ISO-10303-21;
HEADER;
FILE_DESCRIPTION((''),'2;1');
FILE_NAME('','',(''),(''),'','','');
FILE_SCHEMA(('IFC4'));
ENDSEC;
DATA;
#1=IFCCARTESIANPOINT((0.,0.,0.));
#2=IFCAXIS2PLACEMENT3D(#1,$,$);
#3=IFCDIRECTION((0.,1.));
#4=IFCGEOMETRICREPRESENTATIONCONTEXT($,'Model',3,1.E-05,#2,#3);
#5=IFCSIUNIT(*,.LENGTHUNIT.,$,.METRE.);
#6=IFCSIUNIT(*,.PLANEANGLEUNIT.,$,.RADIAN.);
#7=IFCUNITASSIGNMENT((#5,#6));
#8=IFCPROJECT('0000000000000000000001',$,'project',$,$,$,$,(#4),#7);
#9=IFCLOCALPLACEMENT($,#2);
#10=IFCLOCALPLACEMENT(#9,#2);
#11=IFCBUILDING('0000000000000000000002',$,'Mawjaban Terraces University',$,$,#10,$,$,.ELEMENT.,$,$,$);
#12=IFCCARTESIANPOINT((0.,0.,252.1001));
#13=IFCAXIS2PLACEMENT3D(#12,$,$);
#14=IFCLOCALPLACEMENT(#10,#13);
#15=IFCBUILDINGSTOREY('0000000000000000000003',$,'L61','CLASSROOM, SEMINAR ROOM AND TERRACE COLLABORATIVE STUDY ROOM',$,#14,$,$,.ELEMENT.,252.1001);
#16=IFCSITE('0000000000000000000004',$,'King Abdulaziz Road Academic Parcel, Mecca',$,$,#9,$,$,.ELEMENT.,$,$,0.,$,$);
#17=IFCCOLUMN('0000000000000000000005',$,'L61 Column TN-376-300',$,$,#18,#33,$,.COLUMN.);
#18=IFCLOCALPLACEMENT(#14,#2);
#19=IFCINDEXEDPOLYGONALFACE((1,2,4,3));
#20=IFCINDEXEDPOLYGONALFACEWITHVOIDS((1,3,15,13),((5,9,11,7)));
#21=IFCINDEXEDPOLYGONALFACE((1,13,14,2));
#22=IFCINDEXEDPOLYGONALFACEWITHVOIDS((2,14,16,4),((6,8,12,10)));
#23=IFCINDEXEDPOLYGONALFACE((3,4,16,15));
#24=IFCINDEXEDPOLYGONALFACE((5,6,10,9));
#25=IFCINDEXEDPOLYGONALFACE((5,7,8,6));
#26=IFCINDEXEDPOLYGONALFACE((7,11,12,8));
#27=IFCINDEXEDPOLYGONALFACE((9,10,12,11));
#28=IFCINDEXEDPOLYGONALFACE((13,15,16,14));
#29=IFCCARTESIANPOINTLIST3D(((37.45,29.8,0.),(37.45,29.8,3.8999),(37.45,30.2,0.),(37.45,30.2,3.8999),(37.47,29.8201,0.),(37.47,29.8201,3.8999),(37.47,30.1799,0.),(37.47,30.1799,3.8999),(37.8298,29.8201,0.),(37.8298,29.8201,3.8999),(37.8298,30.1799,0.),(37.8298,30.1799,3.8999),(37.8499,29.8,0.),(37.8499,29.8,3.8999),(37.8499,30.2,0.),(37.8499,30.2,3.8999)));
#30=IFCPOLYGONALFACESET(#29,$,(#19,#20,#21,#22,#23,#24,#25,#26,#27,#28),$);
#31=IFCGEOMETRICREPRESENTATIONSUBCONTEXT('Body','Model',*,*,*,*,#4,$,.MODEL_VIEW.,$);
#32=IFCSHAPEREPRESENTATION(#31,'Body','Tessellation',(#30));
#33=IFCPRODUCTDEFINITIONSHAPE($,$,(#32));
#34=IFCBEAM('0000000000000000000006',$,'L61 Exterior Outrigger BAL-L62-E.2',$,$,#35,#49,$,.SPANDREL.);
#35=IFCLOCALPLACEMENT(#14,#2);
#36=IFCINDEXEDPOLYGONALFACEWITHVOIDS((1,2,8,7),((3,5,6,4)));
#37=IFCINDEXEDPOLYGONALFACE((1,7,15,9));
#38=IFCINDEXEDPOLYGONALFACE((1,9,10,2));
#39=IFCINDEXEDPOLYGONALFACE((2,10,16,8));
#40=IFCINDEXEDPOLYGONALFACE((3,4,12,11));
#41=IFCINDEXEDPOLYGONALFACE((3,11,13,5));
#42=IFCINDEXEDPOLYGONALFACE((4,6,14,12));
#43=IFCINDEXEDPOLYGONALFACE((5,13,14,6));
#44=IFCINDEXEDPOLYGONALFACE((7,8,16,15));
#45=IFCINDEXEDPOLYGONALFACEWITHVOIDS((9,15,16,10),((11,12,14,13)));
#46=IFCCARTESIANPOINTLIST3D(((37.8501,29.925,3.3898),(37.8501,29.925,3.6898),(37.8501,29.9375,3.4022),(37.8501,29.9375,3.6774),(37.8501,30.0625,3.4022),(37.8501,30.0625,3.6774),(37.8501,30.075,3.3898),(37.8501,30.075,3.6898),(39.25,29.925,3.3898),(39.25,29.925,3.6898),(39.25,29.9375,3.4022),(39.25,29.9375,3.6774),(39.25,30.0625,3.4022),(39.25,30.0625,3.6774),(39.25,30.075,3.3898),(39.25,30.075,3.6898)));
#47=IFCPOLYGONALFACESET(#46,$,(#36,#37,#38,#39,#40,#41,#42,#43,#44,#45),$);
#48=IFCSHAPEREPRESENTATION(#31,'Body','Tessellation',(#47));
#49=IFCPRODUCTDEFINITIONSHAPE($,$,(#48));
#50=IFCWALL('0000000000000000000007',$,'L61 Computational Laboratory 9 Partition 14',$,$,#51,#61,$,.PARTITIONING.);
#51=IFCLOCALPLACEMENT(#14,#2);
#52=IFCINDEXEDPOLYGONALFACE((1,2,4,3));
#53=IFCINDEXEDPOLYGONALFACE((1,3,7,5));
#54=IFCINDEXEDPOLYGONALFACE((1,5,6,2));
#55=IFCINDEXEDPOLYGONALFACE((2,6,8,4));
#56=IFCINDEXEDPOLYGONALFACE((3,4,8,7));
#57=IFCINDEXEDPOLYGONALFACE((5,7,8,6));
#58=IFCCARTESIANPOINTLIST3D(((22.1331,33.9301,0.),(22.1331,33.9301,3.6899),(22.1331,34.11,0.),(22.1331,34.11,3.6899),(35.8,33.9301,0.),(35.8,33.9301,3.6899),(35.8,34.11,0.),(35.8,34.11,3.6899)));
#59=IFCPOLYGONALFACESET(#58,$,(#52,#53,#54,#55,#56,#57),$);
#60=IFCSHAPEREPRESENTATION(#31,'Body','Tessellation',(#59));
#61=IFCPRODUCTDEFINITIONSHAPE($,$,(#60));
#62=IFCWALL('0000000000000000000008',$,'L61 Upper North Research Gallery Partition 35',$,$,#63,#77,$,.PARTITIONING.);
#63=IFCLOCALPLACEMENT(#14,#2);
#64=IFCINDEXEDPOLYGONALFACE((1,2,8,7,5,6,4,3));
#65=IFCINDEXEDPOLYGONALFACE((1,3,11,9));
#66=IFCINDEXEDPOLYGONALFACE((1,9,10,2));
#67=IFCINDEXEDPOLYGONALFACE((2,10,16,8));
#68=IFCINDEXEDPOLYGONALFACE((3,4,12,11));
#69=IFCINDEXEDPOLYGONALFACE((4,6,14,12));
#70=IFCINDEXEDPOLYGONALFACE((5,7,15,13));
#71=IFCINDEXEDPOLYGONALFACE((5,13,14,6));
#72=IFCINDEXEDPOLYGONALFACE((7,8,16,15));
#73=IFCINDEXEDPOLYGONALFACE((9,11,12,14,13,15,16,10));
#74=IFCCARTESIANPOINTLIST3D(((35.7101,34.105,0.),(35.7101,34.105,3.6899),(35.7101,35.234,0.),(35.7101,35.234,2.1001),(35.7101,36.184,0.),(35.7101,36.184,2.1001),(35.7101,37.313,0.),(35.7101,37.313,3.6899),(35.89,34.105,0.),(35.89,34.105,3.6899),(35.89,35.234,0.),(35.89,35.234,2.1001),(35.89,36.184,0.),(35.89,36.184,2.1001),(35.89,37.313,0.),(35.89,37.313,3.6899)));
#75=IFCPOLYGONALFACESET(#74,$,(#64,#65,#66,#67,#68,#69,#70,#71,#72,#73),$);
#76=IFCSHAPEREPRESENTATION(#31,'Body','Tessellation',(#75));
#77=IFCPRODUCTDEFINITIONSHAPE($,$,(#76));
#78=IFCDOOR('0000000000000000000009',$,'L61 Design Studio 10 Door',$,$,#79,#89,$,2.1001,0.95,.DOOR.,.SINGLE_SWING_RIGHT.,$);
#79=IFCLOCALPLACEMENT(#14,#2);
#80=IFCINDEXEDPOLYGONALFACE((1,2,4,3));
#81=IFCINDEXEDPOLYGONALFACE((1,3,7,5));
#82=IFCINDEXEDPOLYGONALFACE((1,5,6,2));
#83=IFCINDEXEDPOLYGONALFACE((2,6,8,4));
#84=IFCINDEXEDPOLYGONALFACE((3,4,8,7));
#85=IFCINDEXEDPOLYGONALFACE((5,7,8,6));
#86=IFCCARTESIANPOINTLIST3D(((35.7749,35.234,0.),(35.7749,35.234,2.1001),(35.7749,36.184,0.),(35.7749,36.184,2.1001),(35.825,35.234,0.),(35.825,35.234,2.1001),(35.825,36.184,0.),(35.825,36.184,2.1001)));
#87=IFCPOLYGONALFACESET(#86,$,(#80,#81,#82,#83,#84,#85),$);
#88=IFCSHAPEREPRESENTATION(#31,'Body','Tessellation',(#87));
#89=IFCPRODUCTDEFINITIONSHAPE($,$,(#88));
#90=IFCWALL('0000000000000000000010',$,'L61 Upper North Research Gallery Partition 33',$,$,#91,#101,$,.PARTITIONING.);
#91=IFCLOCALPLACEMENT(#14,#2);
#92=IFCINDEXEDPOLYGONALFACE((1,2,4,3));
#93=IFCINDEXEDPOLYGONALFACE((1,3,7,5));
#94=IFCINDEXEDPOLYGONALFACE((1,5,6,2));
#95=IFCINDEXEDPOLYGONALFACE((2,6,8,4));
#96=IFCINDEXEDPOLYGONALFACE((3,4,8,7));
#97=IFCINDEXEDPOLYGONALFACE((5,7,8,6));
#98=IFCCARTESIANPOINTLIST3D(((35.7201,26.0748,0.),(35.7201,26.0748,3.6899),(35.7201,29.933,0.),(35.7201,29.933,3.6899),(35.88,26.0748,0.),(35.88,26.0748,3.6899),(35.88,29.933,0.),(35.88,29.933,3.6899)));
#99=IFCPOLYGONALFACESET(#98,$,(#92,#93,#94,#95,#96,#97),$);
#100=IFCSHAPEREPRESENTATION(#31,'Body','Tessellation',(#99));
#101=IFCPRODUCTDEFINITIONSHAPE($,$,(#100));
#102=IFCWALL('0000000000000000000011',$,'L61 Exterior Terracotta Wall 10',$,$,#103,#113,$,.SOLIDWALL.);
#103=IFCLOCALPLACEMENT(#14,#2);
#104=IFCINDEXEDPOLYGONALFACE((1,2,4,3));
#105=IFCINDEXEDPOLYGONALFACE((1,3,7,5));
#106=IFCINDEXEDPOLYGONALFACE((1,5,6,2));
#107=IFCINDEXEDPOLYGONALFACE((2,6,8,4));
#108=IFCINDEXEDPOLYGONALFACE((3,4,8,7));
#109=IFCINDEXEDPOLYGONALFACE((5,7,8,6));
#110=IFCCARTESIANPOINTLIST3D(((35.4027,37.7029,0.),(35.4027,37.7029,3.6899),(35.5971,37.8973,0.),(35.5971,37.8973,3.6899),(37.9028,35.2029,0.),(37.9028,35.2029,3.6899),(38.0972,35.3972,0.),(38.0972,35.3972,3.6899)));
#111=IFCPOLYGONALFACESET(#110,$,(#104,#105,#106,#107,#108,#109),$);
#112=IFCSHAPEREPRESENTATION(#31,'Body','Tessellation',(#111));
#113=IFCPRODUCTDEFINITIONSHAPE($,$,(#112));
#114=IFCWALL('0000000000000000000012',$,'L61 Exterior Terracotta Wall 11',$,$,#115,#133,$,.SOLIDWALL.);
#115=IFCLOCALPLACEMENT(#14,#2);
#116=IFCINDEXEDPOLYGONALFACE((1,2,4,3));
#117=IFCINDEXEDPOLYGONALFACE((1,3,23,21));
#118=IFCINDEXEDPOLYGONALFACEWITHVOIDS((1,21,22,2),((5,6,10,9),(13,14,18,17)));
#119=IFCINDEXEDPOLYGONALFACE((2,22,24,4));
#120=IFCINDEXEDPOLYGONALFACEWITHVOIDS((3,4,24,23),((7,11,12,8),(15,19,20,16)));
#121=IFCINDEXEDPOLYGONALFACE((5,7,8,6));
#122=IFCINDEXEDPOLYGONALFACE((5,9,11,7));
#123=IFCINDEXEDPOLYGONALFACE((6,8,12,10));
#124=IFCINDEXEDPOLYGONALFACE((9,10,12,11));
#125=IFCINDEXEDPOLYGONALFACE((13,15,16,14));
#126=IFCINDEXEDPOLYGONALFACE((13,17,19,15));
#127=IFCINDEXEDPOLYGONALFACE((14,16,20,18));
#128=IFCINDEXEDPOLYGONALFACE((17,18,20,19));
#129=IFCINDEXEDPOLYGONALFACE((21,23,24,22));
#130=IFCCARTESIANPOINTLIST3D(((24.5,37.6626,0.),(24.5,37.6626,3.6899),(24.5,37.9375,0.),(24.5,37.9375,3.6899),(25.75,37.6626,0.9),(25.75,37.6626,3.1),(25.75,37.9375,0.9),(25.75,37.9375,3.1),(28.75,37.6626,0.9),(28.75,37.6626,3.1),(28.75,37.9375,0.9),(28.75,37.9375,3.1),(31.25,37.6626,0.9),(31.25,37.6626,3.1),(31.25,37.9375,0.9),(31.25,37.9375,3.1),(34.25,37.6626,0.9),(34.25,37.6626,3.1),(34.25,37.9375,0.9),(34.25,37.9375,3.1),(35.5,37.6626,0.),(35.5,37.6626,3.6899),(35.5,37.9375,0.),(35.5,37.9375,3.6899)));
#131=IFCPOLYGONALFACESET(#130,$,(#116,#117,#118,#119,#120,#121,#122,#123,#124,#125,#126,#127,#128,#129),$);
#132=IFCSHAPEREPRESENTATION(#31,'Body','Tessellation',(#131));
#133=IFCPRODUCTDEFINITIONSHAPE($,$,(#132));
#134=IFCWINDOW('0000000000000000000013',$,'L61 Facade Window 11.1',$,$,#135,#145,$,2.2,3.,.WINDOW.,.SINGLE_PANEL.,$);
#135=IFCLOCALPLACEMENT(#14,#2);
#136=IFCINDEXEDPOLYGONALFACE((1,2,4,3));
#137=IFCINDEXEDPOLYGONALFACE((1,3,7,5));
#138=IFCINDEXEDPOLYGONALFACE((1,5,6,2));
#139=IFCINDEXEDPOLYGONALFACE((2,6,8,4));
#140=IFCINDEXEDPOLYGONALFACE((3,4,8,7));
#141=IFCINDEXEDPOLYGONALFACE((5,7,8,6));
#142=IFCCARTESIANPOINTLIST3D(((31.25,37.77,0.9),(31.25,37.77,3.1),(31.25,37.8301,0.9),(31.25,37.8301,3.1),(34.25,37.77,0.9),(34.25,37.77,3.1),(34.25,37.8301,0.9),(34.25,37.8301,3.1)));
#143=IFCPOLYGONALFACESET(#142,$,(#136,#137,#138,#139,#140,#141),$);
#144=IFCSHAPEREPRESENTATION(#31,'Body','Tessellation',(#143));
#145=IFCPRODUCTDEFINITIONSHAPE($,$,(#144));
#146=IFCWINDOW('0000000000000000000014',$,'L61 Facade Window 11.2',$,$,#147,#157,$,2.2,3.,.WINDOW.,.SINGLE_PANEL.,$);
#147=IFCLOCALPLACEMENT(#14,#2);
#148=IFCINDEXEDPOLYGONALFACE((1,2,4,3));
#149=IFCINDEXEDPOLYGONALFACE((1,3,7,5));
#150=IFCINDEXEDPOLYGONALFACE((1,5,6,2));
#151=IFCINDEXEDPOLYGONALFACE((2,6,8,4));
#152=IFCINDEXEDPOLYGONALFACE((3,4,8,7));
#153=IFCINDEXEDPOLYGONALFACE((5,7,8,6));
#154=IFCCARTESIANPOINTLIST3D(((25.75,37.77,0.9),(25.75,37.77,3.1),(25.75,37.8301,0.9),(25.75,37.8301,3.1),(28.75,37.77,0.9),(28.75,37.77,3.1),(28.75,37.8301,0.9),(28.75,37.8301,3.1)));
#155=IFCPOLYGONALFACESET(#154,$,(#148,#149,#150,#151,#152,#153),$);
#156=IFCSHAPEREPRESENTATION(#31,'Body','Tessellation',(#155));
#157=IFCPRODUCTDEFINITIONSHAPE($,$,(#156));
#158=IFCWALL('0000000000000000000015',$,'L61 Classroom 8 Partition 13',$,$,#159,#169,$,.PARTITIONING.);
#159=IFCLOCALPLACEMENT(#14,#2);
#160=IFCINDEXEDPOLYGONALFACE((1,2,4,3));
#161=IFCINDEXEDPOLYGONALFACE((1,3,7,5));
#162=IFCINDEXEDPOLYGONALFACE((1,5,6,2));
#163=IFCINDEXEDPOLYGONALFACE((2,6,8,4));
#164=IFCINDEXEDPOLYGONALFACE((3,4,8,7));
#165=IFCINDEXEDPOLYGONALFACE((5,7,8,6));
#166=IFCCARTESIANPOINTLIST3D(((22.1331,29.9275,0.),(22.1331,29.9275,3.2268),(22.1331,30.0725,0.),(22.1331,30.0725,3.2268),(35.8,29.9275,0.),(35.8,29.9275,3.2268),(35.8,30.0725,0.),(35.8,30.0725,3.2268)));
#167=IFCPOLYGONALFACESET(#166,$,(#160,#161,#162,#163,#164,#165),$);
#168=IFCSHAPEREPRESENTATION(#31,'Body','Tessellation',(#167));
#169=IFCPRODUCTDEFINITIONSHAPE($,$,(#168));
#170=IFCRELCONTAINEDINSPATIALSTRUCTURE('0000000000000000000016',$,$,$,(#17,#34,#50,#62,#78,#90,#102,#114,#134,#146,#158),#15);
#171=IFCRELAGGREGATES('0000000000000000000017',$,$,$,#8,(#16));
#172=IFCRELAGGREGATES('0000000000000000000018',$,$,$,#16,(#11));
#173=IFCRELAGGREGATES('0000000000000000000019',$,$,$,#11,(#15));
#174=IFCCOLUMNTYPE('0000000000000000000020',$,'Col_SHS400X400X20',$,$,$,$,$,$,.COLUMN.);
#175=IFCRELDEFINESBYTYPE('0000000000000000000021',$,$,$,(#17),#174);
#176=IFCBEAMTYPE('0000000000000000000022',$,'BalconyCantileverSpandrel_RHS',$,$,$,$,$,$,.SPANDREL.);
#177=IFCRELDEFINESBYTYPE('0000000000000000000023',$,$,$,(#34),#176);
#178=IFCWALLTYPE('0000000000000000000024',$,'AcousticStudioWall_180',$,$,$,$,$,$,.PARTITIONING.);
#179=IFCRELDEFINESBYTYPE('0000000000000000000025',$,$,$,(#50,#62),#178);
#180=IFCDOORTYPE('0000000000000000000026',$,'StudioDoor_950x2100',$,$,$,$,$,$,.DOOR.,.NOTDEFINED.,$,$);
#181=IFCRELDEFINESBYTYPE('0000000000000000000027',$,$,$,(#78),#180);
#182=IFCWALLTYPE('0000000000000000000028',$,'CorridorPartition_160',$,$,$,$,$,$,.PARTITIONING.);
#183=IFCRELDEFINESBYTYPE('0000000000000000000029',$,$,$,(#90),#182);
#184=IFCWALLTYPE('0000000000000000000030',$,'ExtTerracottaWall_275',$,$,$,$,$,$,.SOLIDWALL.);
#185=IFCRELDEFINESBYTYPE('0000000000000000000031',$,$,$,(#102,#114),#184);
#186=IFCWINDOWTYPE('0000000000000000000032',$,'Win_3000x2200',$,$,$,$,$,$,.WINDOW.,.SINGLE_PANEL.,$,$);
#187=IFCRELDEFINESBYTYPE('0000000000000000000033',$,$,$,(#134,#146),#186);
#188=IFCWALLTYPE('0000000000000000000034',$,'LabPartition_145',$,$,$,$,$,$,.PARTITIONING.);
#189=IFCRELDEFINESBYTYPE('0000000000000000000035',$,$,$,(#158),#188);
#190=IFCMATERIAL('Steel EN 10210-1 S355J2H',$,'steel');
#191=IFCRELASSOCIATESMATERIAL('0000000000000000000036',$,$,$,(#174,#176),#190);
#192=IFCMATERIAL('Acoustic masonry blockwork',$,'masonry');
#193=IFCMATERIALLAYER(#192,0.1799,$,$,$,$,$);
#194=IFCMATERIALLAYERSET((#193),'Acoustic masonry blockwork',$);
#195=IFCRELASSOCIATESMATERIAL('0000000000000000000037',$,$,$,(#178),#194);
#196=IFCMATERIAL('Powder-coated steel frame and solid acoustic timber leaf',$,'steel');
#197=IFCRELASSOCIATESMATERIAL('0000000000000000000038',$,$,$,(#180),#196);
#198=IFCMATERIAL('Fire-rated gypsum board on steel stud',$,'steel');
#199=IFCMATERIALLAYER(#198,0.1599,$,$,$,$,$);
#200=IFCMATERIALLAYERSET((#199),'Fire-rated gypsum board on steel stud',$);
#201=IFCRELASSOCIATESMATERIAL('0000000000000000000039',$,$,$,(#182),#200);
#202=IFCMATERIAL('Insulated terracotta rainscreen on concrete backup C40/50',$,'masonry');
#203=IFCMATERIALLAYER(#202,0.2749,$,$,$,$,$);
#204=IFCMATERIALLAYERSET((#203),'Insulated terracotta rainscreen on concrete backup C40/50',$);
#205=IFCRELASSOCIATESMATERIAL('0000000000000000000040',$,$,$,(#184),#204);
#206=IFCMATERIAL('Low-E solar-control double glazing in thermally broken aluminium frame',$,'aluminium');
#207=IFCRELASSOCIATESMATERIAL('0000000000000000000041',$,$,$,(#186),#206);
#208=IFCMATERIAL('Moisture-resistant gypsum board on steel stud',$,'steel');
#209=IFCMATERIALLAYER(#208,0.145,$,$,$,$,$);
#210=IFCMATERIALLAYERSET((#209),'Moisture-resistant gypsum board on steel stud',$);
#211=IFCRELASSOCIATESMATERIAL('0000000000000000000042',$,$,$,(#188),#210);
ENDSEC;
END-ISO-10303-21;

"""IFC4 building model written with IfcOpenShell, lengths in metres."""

from ifc_helpers import new_model, si_unit, direction, frame, frame_2d, origin, origin_2d, place, context, subcontext, project, spatial, rectangle, hollow_rectangle, extrude, material, layer, layer_set, material_profile, profile_set, type_object, element, fill, save


model = new_model("IFC4")

# Units and contexts
model_context = context("Model", 3, precision=1e-05, world=origin(), true_north=direction((0.0, 1.0)))
body_context = subcontext(model_context, "Body", "Model", "MODEL_VIEW")
ifc_project = project(units=[si_unit("LENGTHUNIT", "METRE"), si_unit("PLANEANGLEUNIT", "RADIAN")], contexts=[model_context])

# Site, building, storey
site_placement = place(None, origin())
site = spatial("IfcSite", under=ifc_project, at=site_placement, Name="King Abdulaziz Road Academic Parcel, Mecca", CompositionType="ELEMENT", RefElevation=0.0)
building_placement = place(site_placement, origin())
building = spatial("IfcBuilding", under=site, at=building_placement, Name="Mawjaban Terraces University", CompositionType="ELEMENT")
storey_placement = place(building_placement, frame((0.0, 0.0, 252.1001)))
storey = spatial("IfcBuildingStorey", under=building, at=storey_placement, Name="L61", Description="CLASSROOM, SEMINAR ROOM AND TERRACE COLLABORATIVE STUDY ROOM", CompositionType="ELEMENT", Elevation=252.1001)

# Column
ifc_material_1 = material(Name="Steel EN 10210-1 S355J2H", Category="steel")
ifc_material_profile_1 = material_profile(ifc_material_1, hollow_rectangle(XDim=0.3999, YDim=0.3999, WallThickness=0.02, at=origin_2d()), Name="SHS400X400X20")
ifc_profile_set_1 = profile_set([ifc_material_profile_1], Name="Steel EN 10210-1 S355J2H")
column_type = type_object("IfcColumnType", Name="Col_SHS400X400X20", PredefinedType="COLUMN", material=ifc_profile_set_1)
column_placement = place(storey_placement, frame((37.6499, 30.0, 0.0), z_axis=(0.0, 0.0, 1.0), x_axis=(1.0, 0.0, 0.0)))
element("IfcColumn", 1, at=column_placement, inside=storey, type_object=column_type, Name="L61 Column TN-376-300", PredefinedType="COLUMN", context=body_context, shape_type="SweptSolid", body=[
    extrude(hollow_rectangle(XDim=0.3999, YDim=0.3999, WallThickness=0.02, at=origin_2d()), origin(), (0.0, 0.0, 1.0), 3.8999),
])

# Beam
ifc_material_profile_2 = material_profile(ifc_material_1, hollow_rectangle(XDim=0.1499, YDim=0.3, WallThickness=0.0125, at=origin_2d()), Name="RHS300X150X12.5")
ifc_profile_set_2 = profile_set([ifc_material_profile_2], Name="Steel EN 10210-1 S355J2H")
beam_type = type_object("IfcBeamType", Name="BalconyCantileverSpandrel_RHS", PredefinedType="SPANDREL", material=ifc_profile_set_2)
beam_placement = place(storey_placement, frame((37.8501, 30.0, 3.5398), z_axis=(1.0, 0.0, 0.0), x_axis=(0.0, 1.0, 0.0)))
element("IfcBeam", 2, at=beam_placement, inside=storey, type_object=beam_type, Name="L61 Exterior Outrigger BAL-L62-E.2", PredefinedType="SPANDREL", context=body_context, shape_type="SweptSolid", body=[
    extrude(hollow_rectangle(XDim=0.1499, YDim=0.3, WallThickness=0.0125, at=origin_2d()), origin(), (0.0, 0.0, 1.0), 1.3999),
])

# Wall
ifc_material_2 = material(Name="Acoustic masonry blockwork", Category="masonry")
ifc_layer_1 = layer(ifc_material_2, 0.1799)
ifc_layer_set_1 = layer_set([ifc_layer_1], Name="Acoustic masonry blockwork")
wall_type_1 = type_object("IfcWallType", Name="AcousticStudioWall_180", PredefinedType="PARTITIONING", material=ifc_layer_set_1)
wall_1_placement = place(storey_placement, frame((35.8, 34.02, 0.0), z_axis=(0.0, 0.0, 1.0), x_axis=(-1.0, 0.0, 0.0)))
element("IfcWall", 3, at=wall_1_placement, inside=storey, type_object=wall_type_1, Name="L61 Computational Laboratory 9 Partition 14", PredefinedType="PARTITIONING", context=body_context, shape_type="SweptSolid", body=[
    extrude(rectangle(XDim=13.667, YDim=0.1799, at=frame_2d((6.8335, 0.0))), origin(), (0.0, 0.0, 1.0), 3.6899),
])

# Wall, opening, door
wall_2_placement = place(storey_placement, frame((35.8, 37.313, 0.0), z_axis=(0.0, 0.0, 1.0), x_axis=(0.0, -1.0, 0.0)))
wall_2 = element("IfcWall", 4, at=wall_2_placement, inside=storey, type_object=wall_type_1, Name="L61 Upper North Research Gallery Partition 35", PredefinedType="PARTITIONING", context=body_context, shape_type="SweptSolid", body=[
    extrude(rectangle(XDim=3.208, YDim=0.1799, at=frame_2d((1.604, 0.0))), origin(), (0.0, 0.0, 1.0), 3.6899),
])
opening_1_placement = place(wall_2_placement, frame((1.1289, 0.0, 0.0)))
opening_1 = element("IfcOpeningElement", 5, at=opening_1_placement, cuts=wall_2, PredefinedType="OPENING", context=body_context, shape_type="SweptSolid", body=[
    extrude(rectangle(XDim=0.95, YDim=2.1001, at=frame_2d((0.4751, 1.05))), frame((0.0, 0.0999, 0.0), z_axis=(0.0, -1.0, 0.0), x_axis=(1.0, 0.0, 0.0)), (0.0, 0.0, 1.0), 0.2),
])
ifc_material_3 = material(Name="Powder-coated steel frame and solid acoustic timber leaf", Category="steel")
door_type_1 = type_object("IfcDoorType", Name="StudioDoor_950x2100", OperationType="NOTDEFINED", PredefinedType="DOOR", material=ifc_material_3)
door_1_placement = place(opening_1_placement, origin())
door_1 = element("IfcDoor", 6, at=door_1_placement, inside=storey, type_object=door_type_1, Name="L61 Design Studio 10 Door", OperationType="SINGLE_SWING_RIGHT", OverallHeight=2.1001, OverallWidth=0.95, PredefinedType="DOOR", context=body_context, shape_type="SweptSolid", body=[
    extrude(rectangle(XDim=0.95, YDim=2.1001, at=frame_2d((0.4751, 1.05))), frame((0.0, 0.0249, 0.0), z_axis=(0.0, -1.0, 0.0), x_axis=(1.0, 0.0, 0.0)), (0.0, 0.0, 1.0), 0.05),
])
fill(opening_1, door_1)

# Walls
ifc_material_4 = material(Name="Fire-rated gypsum board on steel stud", Category="steel")
ifc_layer_2 = layer(ifc_material_4, 0.1599)
ifc_layer_set_2 = layer_set([ifc_layer_2], Name="Fire-rated gypsum board on steel stud")
wall_type_2 = type_object("IfcWallType", Name="CorridorPartition_160", PredefinedType="PARTITIONING", material=ifc_layer_set_2)
wall_3_placement = place(storey_placement, frame((35.8, 29.9331, 0.0), z_axis=(0.0, 0.0, 1.0), x_axis=(0.0, -1.0, 0.0)))
element("IfcWall", 7, at=wall_3_placement, inside=storey, type_object=wall_type_2, Name="L61 Upper North Research Gallery Partition 33", PredefinedType="PARTITIONING", context=body_context, shape_type="SweptSolid", body=[
    extrude(rectangle(XDim=3.8582, YDim=0.1599, at=frame_2d((1.9292, 0.0))), origin(), (0.0, 0.0, 1.0), 3.6899),
])
ifc_material_5 = material(Name="Insulated terracotta rainscreen on concrete backup C40/50", Category="masonry")
ifc_layer_3 = layer(ifc_material_5, 0.2749)
ifc_layer_set_3 = layer_set([ifc_layer_3], Name="Insulated terracotta rainscreen on concrete backup C40/50")
wall_type_3 = type_object("IfcWallType", Name="ExtTerracottaWall_275", PredefinedType="SOLIDWALL", material=ifc_layer_set_3)
wall_4_placement = place(storey_placement, frame((38.0, 35.3, 0.0), z_axis=(0.0, 0.0, 1.0), x_axis=(-0.707107, 0.707107, 0.0)))
element("IfcWall", 8, at=wall_4_placement, inside=storey, type_object=wall_type_3, Name="L61 Exterior Terracotta Wall 10", PredefinedType="SOLIDWALL", context=body_context, shape_type="SweptSolid", body=[
    extrude(rectangle(XDim=3.5356, YDim=0.2749, at=frame_2d((1.7678, 0.0))), origin(), (0.0, 0.0, 1.0), 3.6899),
])

# Wall, openings, windows
wall_5_placement = place(storey_placement, frame((35.5, 37.8, 0.0), z_axis=(0.0, 0.0, 1.0), x_axis=(-1.0, 0.0, 0.0)))
wall_5 = element("IfcWall", 9, at=wall_5_placement, inside=storey, type_object=wall_type_3, Name="L61 Exterior Terracotta Wall 11", PredefinedType="SOLIDWALL", context=body_context, shape_type="SweptSolid", body=[
    extrude(rectangle(XDim=11.0, YDim=0.2749, at=frame_2d((5.5, 0.0))), origin(), (0.0, 0.0, 1.0), 3.6899),
])
opening_2_placement = place(wall_5_placement, frame((1.25, 0.0, 0.8999)))
opening_2 = element("IfcOpeningElement", 10, at=opening_2_placement, cuts=wall_5, PredefinedType="OPENING", context=body_context, shape_type="SweptSolid", body=[
    extrude(rectangle(XDim=3.0, YDim=2.2, at=frame_2d((1.5, 1.1001))), frame((0.0, 0.1475, 0.0), z_axis=(0.0, -1.0, 0.0), x_axis=(1.0, 0.0, 0.0)), (0.0, 0.0, 1.0), 0.2949),
])
opening_3_placement = place(wall_5_placement, frame((6.75, 0.0, 0.8999)))
opening_3 = element("IfcOpeningElement", 11, at=opening_3_placement, cuts=wall_5, PredefinedType="OPENING", context=body_context, shape_type="SweptSolid", body=[
    extrude(rectangle(XDim=3.0, YDim=2.2, at=frame_2d((1.5, 1.1001))), frame((0.0, 0.1475, 0.0), z_axis=(0.0, -1.0, 0.0), x_axis=(1.0, 0.0, 0.0)), (0.0, 0.0, 1.0), 0.2949),
])
ifc_material_6 = material(Name="Low-E solar-control double glazing in thermally broken aluminium frame", Category="aluminium")
window_type = type_object("IfcWindowType", Name="Win_3000x2200", PartitioningType="SINGLE_PANEL", PredefinedType="WINDOW", material=ifc_material_6)
window_1_placement = place(opening_2_placement, origin())
window_1 = element("IfcWindow", 12, at=window_1_placement, inside=storey, type_object=window_type, Name="L61 Facade Window 11.1", OverallHeight=2.2, OverallWidth=3.0, PartitioningType="SINGLE_PANEL", PredefinedType="WINDOW", context=body_context, shape_type="SweptSolid", body=[
    extrude(rectangle(XDim=3.0, YDim=2.2, at=frame_2d((1.5, 1.1001))), frame((0.0, 0.03, 0.0), z_axis=(0.0, -1.0, 0.0), x_axis=(1.0, 0.0, 0.0)), (0.0, 0.0, 1.0), 0.0601),
])
fill(opening_2, window_1)
window_2_placement = place(opening_3_placement, origin())
window_2 = element("IfcWindow", 13, at=window_2_placement, inside=storey, type_object=window_type, Name="L61 Facade Window 11.2", OverallHeight=2.2, OverallWidth=3.0, PartitioningType="SINGLE_PANEL", PredefinedType="WINDOW", context=body_context, shape_type="SweptSolid", body=[
    extrude(rectangle(XDim=3.0, YDim=2.2, at=frame_2d((1.5, 1.1001))), frame((0.0, 0.03, 0.0), z_axis=(0.0, -1.0, 0.0), x_axis=(1.0, 0.0, 0.0)), (0.0, 0.0, 1.0), 0.0601),
])
fill(opening_3, window_2)

# Wall
ifc_material_7 = material(Name="Moisture-resistant gypsum board on steel stud", Category="steel")
ifc_layer_4 = layer(ifc_material_7, 0.145)
ifc_layer_set_4 = layer_set([ifc_layer_4], Name="Moisture-resistant gypsum board on steel stud")
wall_type_4 = type_object("IfcWallType", Name="LabPartition_145", PredefinedType="PARTITIONING", material=ifc_layer_set_4)
wall_6_placement = place(storey_placement, frame((35.8, 30.0, 0.0), z_axis=(0.0, 0.0, 1.0), x_axis=(-1.0, 0.0, 0.0)))
element("IfcWall", 14, at=wall_6_placement, inside=storey, type_object=wall_type_4, Name="L61 Classroom 8 Partition 13", PredefinedType="PARTITIONING", context=body_context, shape_type="SweptSolid", body=[
    extrude(rectangle(XDim=13.667, YDim=0.145, at=frame_2d((6.8335, 0.0))), origin(), (0.0, 0.0, 1.0), 3.2268),
])

save(model, "model.ifc")
